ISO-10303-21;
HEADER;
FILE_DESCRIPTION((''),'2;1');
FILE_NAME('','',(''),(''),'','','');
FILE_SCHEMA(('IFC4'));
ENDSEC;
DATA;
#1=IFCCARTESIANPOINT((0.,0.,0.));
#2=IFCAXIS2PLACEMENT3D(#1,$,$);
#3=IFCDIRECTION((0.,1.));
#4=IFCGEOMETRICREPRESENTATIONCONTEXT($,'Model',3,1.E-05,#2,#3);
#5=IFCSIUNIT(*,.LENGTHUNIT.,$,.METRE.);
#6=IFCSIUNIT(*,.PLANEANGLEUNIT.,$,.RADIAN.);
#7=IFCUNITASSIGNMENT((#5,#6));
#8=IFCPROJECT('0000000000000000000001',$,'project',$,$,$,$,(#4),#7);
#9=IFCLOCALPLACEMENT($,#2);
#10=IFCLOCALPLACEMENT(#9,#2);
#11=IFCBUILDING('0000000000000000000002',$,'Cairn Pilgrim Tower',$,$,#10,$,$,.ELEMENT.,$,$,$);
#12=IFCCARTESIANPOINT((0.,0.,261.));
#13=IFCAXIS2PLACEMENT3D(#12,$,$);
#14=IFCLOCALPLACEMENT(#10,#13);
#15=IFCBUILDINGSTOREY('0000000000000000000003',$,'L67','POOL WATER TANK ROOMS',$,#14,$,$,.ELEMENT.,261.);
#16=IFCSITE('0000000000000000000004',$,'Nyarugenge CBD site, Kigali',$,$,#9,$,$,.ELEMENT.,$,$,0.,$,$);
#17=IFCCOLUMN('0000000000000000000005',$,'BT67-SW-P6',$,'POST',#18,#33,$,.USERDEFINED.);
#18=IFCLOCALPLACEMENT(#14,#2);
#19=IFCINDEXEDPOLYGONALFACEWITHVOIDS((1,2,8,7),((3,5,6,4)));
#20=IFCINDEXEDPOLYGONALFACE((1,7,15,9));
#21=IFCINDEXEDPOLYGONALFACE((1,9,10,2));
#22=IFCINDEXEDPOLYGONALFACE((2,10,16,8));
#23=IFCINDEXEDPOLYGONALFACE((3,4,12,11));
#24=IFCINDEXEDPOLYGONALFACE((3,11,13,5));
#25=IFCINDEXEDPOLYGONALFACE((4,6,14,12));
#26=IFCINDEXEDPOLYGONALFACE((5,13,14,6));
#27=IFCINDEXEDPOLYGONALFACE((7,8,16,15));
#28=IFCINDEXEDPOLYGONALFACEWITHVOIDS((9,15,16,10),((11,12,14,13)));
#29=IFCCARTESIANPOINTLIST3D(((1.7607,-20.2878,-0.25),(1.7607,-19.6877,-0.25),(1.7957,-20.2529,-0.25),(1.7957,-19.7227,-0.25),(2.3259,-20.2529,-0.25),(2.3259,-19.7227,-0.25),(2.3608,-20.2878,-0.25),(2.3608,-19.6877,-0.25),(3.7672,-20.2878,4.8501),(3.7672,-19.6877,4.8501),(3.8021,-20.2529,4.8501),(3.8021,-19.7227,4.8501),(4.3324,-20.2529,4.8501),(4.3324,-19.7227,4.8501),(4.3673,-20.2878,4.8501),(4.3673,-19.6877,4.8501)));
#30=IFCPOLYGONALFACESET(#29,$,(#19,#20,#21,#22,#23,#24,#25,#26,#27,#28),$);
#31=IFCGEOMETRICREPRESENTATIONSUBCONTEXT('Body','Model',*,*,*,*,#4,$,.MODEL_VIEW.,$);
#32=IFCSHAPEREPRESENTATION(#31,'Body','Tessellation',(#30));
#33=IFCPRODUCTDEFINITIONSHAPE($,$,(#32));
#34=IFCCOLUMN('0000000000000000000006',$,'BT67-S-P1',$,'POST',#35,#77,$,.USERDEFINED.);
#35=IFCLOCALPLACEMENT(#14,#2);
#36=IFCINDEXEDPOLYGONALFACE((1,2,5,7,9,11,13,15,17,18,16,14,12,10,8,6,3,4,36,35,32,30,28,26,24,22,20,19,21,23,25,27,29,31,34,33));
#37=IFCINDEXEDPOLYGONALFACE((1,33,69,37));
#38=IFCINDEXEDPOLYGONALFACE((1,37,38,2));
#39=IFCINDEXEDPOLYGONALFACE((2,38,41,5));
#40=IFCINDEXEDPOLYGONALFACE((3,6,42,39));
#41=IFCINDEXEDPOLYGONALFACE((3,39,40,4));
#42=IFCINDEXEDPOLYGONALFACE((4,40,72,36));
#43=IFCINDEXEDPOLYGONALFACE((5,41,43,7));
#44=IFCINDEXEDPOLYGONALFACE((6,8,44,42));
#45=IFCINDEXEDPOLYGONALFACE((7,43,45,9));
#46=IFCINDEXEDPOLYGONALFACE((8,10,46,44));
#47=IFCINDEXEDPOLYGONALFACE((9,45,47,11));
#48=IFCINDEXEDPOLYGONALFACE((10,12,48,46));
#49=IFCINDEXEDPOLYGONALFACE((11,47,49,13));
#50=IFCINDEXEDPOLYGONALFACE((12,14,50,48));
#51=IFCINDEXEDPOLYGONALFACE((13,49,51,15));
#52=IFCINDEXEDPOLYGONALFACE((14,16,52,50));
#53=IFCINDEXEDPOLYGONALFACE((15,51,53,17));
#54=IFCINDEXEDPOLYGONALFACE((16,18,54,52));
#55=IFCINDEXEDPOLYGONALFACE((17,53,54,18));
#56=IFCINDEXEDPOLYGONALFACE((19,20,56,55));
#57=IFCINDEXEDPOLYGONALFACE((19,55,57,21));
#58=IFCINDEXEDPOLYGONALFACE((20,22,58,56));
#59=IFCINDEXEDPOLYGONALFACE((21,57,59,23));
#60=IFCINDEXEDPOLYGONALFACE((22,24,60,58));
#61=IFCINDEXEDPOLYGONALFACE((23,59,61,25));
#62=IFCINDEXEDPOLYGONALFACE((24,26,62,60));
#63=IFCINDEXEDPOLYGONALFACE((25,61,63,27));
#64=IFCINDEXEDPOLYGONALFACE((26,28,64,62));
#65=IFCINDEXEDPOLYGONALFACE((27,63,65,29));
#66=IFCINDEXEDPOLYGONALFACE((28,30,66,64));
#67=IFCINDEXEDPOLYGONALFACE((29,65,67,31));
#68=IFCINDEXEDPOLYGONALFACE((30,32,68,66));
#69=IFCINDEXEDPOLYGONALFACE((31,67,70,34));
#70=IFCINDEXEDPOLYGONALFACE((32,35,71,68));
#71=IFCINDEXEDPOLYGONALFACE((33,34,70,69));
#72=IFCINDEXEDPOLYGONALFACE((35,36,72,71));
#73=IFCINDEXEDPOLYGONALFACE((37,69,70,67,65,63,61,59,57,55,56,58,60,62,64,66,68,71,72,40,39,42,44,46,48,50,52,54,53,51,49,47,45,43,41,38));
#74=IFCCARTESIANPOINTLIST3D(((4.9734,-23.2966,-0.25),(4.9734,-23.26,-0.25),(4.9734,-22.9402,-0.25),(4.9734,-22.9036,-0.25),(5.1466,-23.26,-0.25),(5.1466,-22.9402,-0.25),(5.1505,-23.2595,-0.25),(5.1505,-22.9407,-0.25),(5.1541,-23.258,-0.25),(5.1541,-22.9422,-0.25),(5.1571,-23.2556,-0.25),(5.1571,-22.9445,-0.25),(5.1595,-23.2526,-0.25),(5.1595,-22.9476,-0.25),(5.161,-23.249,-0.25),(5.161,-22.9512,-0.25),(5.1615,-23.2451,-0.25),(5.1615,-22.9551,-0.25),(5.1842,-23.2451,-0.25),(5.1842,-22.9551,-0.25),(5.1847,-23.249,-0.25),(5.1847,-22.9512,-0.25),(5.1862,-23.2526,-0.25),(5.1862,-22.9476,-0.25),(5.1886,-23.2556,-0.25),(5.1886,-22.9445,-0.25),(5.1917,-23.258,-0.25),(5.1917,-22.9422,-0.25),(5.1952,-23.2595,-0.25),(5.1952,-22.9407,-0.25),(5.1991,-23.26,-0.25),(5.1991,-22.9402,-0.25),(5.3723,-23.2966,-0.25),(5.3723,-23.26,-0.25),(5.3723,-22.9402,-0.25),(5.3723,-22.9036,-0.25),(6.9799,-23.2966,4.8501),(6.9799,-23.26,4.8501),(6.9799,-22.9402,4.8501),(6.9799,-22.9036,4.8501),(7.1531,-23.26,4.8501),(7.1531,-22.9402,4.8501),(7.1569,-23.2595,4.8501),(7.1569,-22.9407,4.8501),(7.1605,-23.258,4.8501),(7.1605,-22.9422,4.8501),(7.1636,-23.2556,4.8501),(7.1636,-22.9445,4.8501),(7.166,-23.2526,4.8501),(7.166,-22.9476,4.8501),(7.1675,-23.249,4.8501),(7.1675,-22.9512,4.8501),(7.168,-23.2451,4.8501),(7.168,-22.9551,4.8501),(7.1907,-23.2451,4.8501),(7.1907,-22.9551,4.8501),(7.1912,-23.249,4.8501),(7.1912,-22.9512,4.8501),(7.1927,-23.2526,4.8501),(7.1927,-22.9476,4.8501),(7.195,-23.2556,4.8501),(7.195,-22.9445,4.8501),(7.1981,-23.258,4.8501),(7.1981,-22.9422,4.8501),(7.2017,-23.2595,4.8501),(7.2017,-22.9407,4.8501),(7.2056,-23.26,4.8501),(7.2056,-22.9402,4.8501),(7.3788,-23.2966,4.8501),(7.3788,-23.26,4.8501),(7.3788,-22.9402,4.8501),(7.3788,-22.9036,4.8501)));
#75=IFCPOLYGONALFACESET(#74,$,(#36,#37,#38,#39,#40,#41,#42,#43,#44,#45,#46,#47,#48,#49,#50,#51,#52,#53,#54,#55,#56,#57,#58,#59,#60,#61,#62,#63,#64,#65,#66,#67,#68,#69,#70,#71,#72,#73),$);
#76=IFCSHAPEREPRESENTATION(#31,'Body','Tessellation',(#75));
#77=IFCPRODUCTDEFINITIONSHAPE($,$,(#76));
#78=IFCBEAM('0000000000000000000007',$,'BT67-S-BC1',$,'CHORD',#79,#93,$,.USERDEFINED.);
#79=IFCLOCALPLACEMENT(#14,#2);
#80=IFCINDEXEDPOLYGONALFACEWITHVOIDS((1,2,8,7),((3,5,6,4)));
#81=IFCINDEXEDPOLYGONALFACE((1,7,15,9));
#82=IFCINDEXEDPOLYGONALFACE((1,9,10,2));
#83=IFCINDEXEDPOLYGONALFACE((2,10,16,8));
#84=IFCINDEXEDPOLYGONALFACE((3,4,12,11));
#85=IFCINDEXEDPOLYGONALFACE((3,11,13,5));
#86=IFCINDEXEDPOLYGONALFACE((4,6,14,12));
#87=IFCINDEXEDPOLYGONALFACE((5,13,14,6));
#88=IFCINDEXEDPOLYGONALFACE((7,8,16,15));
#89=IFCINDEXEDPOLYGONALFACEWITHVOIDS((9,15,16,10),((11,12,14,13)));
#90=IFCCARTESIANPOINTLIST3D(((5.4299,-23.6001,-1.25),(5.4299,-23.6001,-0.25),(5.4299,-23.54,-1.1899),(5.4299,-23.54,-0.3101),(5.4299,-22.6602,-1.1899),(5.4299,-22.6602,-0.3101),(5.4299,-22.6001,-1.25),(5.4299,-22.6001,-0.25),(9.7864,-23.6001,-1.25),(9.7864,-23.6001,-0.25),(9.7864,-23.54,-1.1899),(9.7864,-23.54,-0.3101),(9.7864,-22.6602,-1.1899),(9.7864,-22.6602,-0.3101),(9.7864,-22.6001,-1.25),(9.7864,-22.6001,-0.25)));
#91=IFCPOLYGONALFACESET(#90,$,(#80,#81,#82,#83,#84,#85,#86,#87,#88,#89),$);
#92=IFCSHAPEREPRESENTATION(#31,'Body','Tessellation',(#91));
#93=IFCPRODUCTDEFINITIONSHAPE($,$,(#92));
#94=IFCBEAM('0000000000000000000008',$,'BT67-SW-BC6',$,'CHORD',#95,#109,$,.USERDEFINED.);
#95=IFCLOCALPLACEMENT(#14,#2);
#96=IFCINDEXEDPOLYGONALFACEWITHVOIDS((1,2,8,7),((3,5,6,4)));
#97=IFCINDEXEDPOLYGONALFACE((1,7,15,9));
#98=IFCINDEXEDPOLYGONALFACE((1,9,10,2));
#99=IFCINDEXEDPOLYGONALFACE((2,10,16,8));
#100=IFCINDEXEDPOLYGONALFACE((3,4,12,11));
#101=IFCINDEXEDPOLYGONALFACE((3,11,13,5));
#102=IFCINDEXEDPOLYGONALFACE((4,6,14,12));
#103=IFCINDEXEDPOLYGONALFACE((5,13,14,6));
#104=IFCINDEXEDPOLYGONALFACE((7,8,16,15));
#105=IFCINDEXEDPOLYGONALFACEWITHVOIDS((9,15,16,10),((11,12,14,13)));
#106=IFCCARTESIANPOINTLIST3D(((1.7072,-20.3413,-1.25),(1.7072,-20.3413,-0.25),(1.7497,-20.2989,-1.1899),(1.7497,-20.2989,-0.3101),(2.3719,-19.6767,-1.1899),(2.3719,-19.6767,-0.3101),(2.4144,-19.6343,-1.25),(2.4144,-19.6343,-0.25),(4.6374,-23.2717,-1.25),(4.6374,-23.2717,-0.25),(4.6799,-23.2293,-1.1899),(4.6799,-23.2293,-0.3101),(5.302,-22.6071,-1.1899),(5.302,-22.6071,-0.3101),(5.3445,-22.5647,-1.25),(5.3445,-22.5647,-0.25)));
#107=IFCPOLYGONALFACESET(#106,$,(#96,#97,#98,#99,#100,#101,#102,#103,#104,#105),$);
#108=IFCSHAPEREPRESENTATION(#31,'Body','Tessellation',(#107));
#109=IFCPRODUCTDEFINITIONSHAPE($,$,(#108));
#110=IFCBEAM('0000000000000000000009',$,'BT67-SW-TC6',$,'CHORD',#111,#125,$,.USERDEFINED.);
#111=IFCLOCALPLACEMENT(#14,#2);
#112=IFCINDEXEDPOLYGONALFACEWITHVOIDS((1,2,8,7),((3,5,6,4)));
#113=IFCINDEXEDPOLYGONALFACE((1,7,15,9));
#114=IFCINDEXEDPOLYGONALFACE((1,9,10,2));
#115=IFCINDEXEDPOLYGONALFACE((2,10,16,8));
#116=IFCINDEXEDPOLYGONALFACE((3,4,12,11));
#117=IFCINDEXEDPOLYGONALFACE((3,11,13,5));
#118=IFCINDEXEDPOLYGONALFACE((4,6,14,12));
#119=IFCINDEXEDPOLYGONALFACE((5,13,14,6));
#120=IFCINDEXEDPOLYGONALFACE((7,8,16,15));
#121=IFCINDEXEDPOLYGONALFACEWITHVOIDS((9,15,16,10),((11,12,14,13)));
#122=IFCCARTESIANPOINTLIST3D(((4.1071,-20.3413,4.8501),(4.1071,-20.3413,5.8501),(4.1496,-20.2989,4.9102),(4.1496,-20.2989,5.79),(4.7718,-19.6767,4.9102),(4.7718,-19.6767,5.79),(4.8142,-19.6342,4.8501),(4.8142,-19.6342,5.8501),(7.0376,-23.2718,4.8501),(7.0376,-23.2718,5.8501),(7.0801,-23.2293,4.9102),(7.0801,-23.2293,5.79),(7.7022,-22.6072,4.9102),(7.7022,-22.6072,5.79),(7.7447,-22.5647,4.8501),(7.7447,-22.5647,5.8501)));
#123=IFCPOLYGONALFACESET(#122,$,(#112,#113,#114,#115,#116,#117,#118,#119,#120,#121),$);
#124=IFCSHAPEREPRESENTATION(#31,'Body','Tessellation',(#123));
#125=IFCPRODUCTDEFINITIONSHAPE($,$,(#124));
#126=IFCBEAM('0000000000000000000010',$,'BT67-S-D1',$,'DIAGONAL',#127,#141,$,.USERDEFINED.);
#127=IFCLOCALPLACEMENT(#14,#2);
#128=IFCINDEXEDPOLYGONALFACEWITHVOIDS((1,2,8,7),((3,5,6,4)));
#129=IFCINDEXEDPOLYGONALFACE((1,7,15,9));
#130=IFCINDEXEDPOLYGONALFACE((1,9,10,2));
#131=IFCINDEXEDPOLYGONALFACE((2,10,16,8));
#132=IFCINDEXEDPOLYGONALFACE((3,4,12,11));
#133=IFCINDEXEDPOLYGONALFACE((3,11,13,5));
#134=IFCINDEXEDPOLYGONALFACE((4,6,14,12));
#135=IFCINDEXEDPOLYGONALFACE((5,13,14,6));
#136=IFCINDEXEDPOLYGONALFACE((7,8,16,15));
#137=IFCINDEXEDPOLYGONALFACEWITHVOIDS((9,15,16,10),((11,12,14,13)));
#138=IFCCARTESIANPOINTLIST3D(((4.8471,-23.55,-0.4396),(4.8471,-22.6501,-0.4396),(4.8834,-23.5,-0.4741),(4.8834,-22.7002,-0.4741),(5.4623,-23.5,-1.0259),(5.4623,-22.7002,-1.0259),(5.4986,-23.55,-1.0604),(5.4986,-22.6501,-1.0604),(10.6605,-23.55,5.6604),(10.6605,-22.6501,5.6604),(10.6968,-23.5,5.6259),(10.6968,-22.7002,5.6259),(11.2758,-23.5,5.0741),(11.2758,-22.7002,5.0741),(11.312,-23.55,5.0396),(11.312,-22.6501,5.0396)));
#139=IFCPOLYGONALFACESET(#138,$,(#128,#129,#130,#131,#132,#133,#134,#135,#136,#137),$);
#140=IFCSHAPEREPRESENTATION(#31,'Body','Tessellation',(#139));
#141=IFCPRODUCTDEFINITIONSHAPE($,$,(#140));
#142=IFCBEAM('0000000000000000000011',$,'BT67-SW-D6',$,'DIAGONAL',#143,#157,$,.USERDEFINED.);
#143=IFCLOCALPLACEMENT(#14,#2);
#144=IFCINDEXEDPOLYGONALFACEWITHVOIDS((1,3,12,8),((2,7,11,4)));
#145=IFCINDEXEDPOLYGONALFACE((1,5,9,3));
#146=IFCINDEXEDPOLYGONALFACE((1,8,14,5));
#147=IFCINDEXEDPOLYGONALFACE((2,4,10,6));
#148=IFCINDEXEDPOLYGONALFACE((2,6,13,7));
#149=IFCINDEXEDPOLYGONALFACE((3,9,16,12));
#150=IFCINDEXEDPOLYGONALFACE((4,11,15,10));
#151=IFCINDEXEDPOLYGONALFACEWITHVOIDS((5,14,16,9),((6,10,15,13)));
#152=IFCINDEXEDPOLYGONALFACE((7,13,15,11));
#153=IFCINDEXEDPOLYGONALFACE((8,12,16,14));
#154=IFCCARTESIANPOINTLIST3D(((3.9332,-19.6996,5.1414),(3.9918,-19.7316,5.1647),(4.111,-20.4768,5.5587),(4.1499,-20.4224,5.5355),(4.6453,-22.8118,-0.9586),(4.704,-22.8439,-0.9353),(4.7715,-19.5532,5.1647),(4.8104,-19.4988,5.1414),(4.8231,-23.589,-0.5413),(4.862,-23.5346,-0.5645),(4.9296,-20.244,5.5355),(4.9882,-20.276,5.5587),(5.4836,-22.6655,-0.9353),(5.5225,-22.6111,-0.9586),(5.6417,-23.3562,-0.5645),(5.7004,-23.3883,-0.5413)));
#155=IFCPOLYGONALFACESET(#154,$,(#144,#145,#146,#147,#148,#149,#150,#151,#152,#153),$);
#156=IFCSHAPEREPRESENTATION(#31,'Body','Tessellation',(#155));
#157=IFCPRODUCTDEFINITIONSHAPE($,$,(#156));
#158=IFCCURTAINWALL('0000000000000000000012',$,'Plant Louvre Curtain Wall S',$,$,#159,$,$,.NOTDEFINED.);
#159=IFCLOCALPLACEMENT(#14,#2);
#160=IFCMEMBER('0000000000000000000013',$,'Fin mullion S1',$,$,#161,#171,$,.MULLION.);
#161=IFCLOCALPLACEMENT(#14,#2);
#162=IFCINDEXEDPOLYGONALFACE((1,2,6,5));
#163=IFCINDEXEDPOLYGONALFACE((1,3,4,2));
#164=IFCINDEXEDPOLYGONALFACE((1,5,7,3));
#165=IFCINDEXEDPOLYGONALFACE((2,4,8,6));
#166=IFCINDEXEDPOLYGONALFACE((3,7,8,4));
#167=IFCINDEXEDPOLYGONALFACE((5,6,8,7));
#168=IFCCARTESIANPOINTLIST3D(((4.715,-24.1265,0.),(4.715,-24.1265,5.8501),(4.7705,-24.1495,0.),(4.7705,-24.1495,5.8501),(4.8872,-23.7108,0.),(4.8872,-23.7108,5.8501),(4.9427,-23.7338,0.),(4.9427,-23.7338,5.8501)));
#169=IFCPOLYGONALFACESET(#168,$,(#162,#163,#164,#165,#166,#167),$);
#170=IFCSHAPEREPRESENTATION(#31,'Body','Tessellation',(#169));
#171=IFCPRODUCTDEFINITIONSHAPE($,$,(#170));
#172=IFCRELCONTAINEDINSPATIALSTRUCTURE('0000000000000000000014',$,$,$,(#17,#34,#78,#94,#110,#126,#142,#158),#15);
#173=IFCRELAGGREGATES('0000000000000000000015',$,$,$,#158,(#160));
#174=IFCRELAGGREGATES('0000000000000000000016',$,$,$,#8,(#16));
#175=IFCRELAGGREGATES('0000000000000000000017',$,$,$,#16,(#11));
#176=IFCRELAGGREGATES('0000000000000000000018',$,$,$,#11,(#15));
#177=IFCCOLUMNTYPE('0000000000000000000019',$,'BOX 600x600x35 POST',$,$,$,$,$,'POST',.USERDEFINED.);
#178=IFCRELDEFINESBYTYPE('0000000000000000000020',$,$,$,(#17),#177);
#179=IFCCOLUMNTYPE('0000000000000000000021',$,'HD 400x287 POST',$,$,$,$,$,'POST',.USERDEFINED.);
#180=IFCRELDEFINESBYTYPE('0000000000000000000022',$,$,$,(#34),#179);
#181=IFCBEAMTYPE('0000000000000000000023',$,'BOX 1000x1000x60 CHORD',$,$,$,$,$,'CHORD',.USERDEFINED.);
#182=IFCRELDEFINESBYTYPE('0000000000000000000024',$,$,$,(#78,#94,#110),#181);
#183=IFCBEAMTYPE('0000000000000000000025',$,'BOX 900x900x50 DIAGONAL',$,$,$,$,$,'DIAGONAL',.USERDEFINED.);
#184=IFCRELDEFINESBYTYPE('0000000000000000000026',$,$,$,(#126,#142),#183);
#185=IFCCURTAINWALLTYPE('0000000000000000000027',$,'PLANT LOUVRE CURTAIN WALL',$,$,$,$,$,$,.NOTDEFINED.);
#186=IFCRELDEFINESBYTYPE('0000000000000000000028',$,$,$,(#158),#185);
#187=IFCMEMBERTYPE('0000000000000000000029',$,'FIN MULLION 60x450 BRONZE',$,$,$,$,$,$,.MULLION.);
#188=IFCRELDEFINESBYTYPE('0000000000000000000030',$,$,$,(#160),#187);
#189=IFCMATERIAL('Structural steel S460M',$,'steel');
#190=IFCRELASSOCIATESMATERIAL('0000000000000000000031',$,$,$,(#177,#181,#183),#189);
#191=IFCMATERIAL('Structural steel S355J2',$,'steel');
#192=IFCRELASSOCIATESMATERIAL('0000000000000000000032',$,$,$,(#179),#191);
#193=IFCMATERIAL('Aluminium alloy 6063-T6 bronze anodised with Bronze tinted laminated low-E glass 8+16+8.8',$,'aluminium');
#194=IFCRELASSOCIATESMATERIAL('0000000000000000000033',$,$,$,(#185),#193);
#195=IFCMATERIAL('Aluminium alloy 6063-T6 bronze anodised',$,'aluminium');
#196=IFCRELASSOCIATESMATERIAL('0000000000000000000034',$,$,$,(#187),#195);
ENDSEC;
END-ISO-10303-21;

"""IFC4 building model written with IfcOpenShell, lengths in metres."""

from ifc_helpers import new_model, si_unit, direction, frame, origin, origin_2d, place, context, subcontext, project, spatial, rectangle, hollow_rectangle, i_section, extrude, clip, halfspace, material, material_profile, profile_set, type_object, element, aggregate, save


model = new_model("IFC4")

# Units and contexts
model_context = context("Model", 3, precision=1e-05, world=origin(), true_north=direction((0.0, 1.0)))
body_context = subcontext(model_context, "Body", "Model", "MODEL_VIEW")
ifc_project = project(units=[si_unit("LENGTHUNIT", "METRE"), si_unit("PLANEANGLEUNIT", "RADIAN")], contexts=[model_context])

# Site, building, storey
site_placement = place(None, origin())
site = spatial("IfcSite", under=ifc_project, at=site_placement, Name="Nyarugenge CBD site, Kigali", CompositionType="ELEMENT", RefElevation=0.0)
building_placement = place(site_placement, origin())
building = spatial("IfcBuilding", under=site, at=building_placement, Name="Cairn Pilgrim Tower", CompositionType="ELEMENT")
storey_placement = place(building_placement, frame((0.0, 0.0, 261.0)))
storey = spatial("IfcBuildingStorey", under=building, at=storey_placement, Name="L67", Description="POOL WATER TANK ROOMS", CompositionType="ELEMENT", Elevation=261.0)

# Columns
ifc_material_1 = material(Name="Structural steel S460M", Category="steel")
ifc_material_profile_1 = material_profile(ifc_material_1, hollow_rectangle(XDim=0.6001, YDim=0.6001, WallThickness=0.0349, at=origin_2d()), Name="BOX 600x600x35")
ifc_profile_set_1 = profile_set([ifc_material_profile_1], Name="Structural steel S460M")
column_type_1 = type_object("IfcColumnType", Name="BOX 600x600x35 POST", ElementType="POST", PredefinedType="USERDEFINED", material=ifc_profile_set_1)
column_1_placement = place(storey_placement, frame((2.0608, -19.9878, -0.25), z_axis=(0.0, 0.0, 1.0), x_axis=(1.0, 0.0, 0.0)))
element("IfcColumn", 1, at=column_1_placement, inside=storey, type_object=column_type_1, Name="BT67-SW-P6", ObjectType="POST", PredefinedType="USERDEFINED", context=body_context, shape_type="Clipping", body=[
    clip(extrude(hollow_rectangle(XDim=0.6001, YDim=0.6001, WallThickness=0.0349, at=origin_2d()), origin(), (0.366106, 0.0, 0.930573), 6.5552), halfspace(frame((0.0, 0.0, 5.1001), z_axis=(0.0, 0.0, 1.0), x_axis=(1.0, 0.0, 0.0)), False)),
])
ifc_material_2 = material(Name="Structural steel S355J2", Category="steel")
ifc_material_profile_2 = material_profile(ifc_material_2, i_section(OverallWidth=0.3989, OverallDepth=0.3931, WebThickness=0.0227, FlangeThickness=0.0366, FilletRadius=0.0149, at=origin_2d()), Name="HD 400x287")
ifc_profile_set_2 = profile_set([ifc_material_profile_2], Name="Structural steel S355J2")
column_type_2 = type_object("IfcColumnType", Name="HD 400x287 POST", ElementType="POST", PredefinedType="USERDEFINED", material=ifc_profile_set_2)
column_2_placement = place(storey_placement, frame((5.1729, -23.1001, -0.25), z_axis=(0.0, 0.0, 1.0), x_axis=(1.0, 0.0, 0.0)))
element("IfcColumn", 2, at=column_2_placement, inside=storey, type_object=column_type_2, Name="BT67-S-P1", ObjectType="POST", PredefinedType="USERDEFINED", context=body_context, shape_type="Clipping", body=[
    clip(extrude(i_section(OverallWidth=0.3989, OverallDepth=0.3931, WebThickness=0.0227, FlangeThickness=0.0366, FilletRadius=0.0149, at=origin_2d()), origin(), (0.366106, 0.0, 0.930573), 6.5552), halfspace(frame((0.0, 0.0, 5.1001), z_axis=(0.0, 0.0, 1.0), x_axis=(1.0, 0.0, 0.0)), False)),
])

# Beams
ifc_material_profile_3 = material_profile(ifc_material_1, hollow_rectangle(XDim=1.0, YDim=1.0, WallThickness=0.0601, at=origin_2d()), Name="BOX 1000x1000x60")
ifc_profile_set_3 = profile_set([ifc_material_profile_3], Name="Structural steel S460M")
beam_type_1 = type_object("IfcBeamType", Name="BOX 1000x1000x60 CHORD", ElementType="CHORD", PredefinedType="USERDEFINED", material=ifc_profile_set_3)
beam_1_placement = place(storey_placement, frame((5.4299, -23.1001, -0.75), z_axis=(1.0, 0.0, 0.0), x_axis=(0.0, 1.0, 0.0)))
element("IfcBeam", 3, at=beam_1_placement, inside=storey, type_object=beam_type_1, Name="BT67-S-BC1", ObjectType="CHORD", PredefinedType="USERDEFINED", context=body_context, shape_type="SweptSolid", body=[
    extrude(hollow_rectangle(XDim=1.0, YDim=1.0, WallThickness=0.0601, at=origin_2d()), origin(), (0.0, 0.0, 1.0), 4.3564),
])
beam_2_placement = place(storey_placement, frame((2.0608, -19.9878, -0.75), z_axis=(0.707077, -0.707136, 0.0), x_axis=(0.707136, 0.707077, 0.0)))
element("IfcBeam", 4, at=beam_2_placement, inside=storey, type_object=beam_type_1, Name="BT67-SW-BC6", ObjectType="CHORD", PredefinedType="USERDEFINED", context=body_context, shape_type="SweptSolid", body=[
    extrude(hollow_rectangle(XDim=1.0, YDim=1.0, WallThickness=0.0601, at=origin_2d()), origin(), (0.0, 0.0, 1.0), 4.144),
])
beam_3_placement = place(storey_placement, frame((4.4607, -19.9878, 5.3501), z_axis=(0.707107, -0.707107, 0.0), x_axis=(0.707107, 0.707107, 0.0)))
element("IfcBeam", 5, at=beam_3_placement, inside=storey, type_object=beam_type_1, Name="BT67-SW-TC6", ObjectType="CHORD", PredefinedType="USERDEFINED", context=body_context, shape_type="SweptSolid", body=[
    extrude(hollow_rectangle(XDim=1.0, YDim=1.0, WallThickness=0.0601, at=origin_2d()), origin(), (0.0, 0.0, 1.0), 4.1443),
])
ifc_material_profile_4 = material_profile(ifc_material_1, hollow_rectangle(XDim=0.8999, YDim=0.8999, WallThickness=0.05, at=origin_2d()), Name="BOX 900x900x50")
ifc_profile_set_4 = profile_set([ifc_material_profile_4], Name="Structural steel S460M")
beam_type_2 = type_object("IfcBeamType", Name="BOX 900x900x50 DIAGONAL", ElementType="DIAGONAL", PredefinedType="USERDEFINED", material=ifc_profile_set_4)
beam_4_placement = place(storey_placement, frame((5.1729, -23.1001, -0.75), z_axis=(0.689895, 0.0, 0.723909), x_axis=(0.0, 1.0, 0.0)))
element("IfcBeam", 6, at=beam_4_placement, inside=storey, type_object=beam_type_2, Name="BT67-S-D1", ObjectType="DIAGONAL", PredefinedType="USERDEFINED", context=body_context, shape_type="SweptSolid", body=[
    extrude(hollow_rectangle(XDim=0.8999, YDim=0.8999, WallThickness=0.05, at=origin_2d()), origin(), (0.0, 0.0, 1.0), 8.4265),
])
beam_5_placement = place(storey_placement, frame((4.4607, -19.9878, 5.3501), z_axis=(0.103434, -0.452034, -0.885983), x_axis=(0.974806, 0.223055, 0.0)))
element("IfcBeam", 7, at=beam_5_placement, inside=storey, type_object=beam_type_2, Name="BT67-SW-D6", ObjectType="DIAGONAL", PredefinedType="USERDEFINED", context=body_context, shape_type="SweptSolid", body=[
    extrude(hollow_rectangle(XDim=0.8999, YDim=0.8999, WallThickness=0.05, at=origin_2d()), origin(), (0.0, 0.0, 1.0), 6.885),
])

# Curtain wall, member
ifc_material_3 = material(Name="Aluminium alloy 6063-T6 bronze anodised with Bronze tinted laminated low-E glass 8+16+8.8", Category="aluminium")
curtain_wall_type = type_object("IfcCurtainWallType", Name="PLANT LOUVRE CURTAIN WALL", PredefinedType="NOTDEFINED", material=ifc_material_3)
curtain_wall_1_placement = place(storey_placement, origin())
curtain_wall_1 = element("IfcCurtainWall", 8, at=curtain_wall_1_placement, inside=storey, type_object=curtain_wall_type, Name="Plant Louvre Curtain Wall S", PredefinedType="NOTDEFINED")
ifc_material_4 = material(Name="Aluminium alloy 6063-T6 bronze anodised", Category="aluminium")
ifc_material_profile_5 = material_profile(ifc_material_4, rectangle(XDim=0.45, YDim=0.0601, at=origin_2d()), Name="FIN MULLION 60x450 BRONZE")
ifc_profile_set_5 = profile_set([ifc_material_profile_5], Name="Aluminium alloy 6063-T6 bronze anodised")
member_type_1 = type_object("IfcMemberType", Name="FIN MULLION 60x450 BRONZE", PredefinedType="MULLION", material=ifc_profile_set_5)
member_1_placement = place(storey_placement, frame((4.8289, -23.9302, 0.0), z_axis=(0.0, 0.0, 1.0), x_axis=(-0.382683, -0.92388, 0.0)))
member_1 = element("IfcMember", 9, at=member_1_placement, type_object=member_type_1, Name="Fin mullion S1", PredefinedType="MULLION", context=body_context, shape_type="SweptSolid", body=[
    extrude(rectangle(XDim=0.45, YDim=0.0601, at=origin_2d()), origin(), (0.0, 0.0, 1.0), 5.8501),
])

aggregate(curtain_wall_1, [member_1])

save(model, "model.ifc")
